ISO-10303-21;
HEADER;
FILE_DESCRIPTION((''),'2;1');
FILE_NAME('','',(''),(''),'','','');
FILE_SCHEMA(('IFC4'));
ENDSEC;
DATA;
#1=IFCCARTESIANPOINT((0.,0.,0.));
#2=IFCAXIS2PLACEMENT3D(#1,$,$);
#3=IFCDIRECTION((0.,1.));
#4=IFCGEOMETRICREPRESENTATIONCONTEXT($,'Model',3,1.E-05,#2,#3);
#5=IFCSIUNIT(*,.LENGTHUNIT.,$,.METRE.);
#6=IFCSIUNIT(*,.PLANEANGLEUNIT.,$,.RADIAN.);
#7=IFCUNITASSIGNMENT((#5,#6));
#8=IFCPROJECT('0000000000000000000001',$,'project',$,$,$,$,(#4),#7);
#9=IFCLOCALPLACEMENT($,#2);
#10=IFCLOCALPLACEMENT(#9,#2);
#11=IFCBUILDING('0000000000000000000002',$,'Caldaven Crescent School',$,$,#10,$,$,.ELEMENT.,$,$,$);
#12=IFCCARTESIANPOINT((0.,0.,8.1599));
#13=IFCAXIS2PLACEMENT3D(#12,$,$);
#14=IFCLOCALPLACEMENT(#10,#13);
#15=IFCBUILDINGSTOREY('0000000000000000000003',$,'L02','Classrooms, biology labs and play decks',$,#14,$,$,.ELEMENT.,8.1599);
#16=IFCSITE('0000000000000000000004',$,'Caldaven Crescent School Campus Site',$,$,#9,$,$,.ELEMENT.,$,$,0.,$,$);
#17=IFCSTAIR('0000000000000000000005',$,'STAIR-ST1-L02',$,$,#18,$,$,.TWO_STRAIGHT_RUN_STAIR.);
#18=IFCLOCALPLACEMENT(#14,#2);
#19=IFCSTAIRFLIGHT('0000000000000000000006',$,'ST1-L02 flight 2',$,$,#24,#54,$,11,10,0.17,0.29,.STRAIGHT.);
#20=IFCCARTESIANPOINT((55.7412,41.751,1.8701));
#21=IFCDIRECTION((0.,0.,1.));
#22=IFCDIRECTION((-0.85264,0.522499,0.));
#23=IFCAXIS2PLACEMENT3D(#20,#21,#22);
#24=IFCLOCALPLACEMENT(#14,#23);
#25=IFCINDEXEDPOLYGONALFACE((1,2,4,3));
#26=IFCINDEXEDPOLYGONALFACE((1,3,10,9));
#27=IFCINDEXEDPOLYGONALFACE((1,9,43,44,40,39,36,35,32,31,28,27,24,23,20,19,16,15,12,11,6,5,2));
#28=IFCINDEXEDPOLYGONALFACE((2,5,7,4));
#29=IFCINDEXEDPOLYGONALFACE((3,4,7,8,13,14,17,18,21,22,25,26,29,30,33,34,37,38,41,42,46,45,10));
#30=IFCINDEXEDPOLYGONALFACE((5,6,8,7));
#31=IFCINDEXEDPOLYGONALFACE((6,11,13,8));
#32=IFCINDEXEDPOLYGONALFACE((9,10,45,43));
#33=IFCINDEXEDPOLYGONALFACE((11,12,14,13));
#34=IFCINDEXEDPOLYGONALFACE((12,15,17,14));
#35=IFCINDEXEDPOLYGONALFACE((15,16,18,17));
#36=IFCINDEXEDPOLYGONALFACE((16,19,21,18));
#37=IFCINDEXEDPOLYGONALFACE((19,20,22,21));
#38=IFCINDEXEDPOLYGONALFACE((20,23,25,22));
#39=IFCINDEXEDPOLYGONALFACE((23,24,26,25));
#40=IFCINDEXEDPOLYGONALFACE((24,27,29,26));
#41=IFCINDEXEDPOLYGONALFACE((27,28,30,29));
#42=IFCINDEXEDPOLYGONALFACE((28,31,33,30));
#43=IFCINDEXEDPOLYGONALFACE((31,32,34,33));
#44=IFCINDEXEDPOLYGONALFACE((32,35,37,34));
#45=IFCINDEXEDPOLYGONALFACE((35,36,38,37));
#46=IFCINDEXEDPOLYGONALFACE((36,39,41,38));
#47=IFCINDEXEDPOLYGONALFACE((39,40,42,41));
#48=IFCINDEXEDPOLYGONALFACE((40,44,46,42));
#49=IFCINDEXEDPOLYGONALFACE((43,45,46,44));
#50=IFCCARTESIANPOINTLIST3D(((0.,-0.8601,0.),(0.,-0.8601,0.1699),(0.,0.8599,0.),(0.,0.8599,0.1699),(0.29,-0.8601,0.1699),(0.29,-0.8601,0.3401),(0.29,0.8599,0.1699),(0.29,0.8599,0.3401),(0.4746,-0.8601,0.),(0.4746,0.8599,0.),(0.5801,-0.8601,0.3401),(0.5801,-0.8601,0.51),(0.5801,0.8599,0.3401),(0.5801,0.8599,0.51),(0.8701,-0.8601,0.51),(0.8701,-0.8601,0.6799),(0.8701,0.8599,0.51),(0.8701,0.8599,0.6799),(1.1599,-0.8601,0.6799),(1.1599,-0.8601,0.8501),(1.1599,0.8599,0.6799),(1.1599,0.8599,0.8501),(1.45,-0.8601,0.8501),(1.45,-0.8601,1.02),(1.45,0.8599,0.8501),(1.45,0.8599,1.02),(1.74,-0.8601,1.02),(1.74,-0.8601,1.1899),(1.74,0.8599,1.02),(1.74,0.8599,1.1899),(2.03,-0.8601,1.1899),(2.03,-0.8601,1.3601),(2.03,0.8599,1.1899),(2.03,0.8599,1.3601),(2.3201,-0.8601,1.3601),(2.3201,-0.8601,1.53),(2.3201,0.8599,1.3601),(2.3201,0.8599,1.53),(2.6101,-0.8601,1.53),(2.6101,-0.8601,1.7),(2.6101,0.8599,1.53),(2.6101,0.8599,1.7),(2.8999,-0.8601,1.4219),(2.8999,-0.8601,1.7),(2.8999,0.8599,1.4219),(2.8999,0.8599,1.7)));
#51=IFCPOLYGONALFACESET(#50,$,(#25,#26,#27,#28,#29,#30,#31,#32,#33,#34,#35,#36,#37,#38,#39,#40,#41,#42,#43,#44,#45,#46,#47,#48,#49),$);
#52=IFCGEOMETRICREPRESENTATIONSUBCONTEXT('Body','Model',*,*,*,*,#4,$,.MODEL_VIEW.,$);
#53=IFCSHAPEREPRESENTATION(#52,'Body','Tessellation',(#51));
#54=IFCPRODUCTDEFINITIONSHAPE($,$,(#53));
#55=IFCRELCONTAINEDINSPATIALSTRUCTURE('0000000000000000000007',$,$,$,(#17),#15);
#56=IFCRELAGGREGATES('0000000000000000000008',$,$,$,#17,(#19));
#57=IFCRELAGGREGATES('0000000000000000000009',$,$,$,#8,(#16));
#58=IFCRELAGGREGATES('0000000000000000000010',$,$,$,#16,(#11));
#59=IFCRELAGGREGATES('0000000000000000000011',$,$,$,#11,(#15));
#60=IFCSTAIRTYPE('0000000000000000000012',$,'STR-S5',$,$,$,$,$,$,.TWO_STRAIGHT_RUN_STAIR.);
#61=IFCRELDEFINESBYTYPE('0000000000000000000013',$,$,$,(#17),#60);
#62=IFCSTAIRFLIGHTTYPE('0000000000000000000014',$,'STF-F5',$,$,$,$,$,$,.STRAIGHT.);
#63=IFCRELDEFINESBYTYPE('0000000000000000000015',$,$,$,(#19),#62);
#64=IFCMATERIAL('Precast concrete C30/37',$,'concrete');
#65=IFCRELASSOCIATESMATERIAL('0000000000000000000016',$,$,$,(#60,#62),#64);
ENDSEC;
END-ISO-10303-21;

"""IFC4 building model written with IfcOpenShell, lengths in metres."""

from ifc_helpers import new_model, si_unit, direction, frame, origin, place, context, subcontext, project, spatial, polyline, outline, extrude, material, type_object, element, aggregate, save


model = new_model("IFC4")

# Units and contexts
model_context = context("Model", 3, precision=1e-05, world=origin(), true_north=direction((0.0, 1.0)))
body_context = subcontext(model_context, "Body", "Model", "MODEL_VIEW")
ifc_project = project(units=[si_unit("LENGTHUNIT", "METRE"), si_unit("PLANEANGLEUNIT", "RADIAN")], contexts=[model_context])

# Site, building, storey
site_placement = place(None, origin())
site = spatial("IfcSite", under=ifc_project, at=site_placement, Name="Caldaven Crescent School Campus Site", CompositionType="ELEMENT", RefElevation=0.0)
building_placement = place(site_placement, origin())
building = spatial("IfcBuilding", under=site, at=building_placement, Name="Caldaven Crescent School", CompositionType="ELEMENT")
storey_placement = place(building_placement, frame((0.0, 0.0, 8.1599)))
storey = spatial("IfcBuildingStorey", under=building, at=storey_placement, Name="L02", Description="Classrooms, biology labs and play decks", CompositionType="ELEMENT", Elevation=8.1599)

# Stair, stair flight
ifc_material_1 = material(Name="Precast concrete C30/37", Category="concrete")
stair_type = type_object("IfcStairType", Name="STR-S5", PredefinedType="TWO_STRAIGHT_RUN_STAIR", material=ifc_material_1)
stair_placement = place(storey_placement, origin())
stair = element("IfcStair", 1, at=stair_placement, inside=storey, type_object=stair_type, Name="STAIR-ST1-L02", PredefinedType="TWO_STRAIGHT_RUN_STAIR")
stair_flight_type = type_object("IfcStairFlightType", Name="STF-F5", PredefinedType="STRAIGHT", material=ifc_material_1)
stair_flight_placement = place(storey_placement, frame((55.7412, 41.751, 1.8701), z_axis=(0.0, 0.0, 1.0), x_axis=(-0.85264, 0.522499, 0.0)))
stair_flight = element("IfcStairFlight", 2, at=stair_flight_placement, type_object=stair_flight_type, Name="ST1-L02 flight 2", NumberOfRisers=11, NumberOfTreads=10, PredefinedType="STRAIGHT", RiserHeight=0.17, TreadLength=0.29, context=body_context, shape_type="SweptSolid", body=[
    extrude(outline(polyline([(0.0, 0.0), (0.0, 0.1699), (0.29, 0.1699), (0.29, 0.3401), (0.5801, 0.3401), (0.5801, 0.51), (0.8701, 0.51), (0.8701, 0.6799), (1.1599, 0.6799), (1.1599, 0.8501), (1.45, 0.8501), (1.45, 1.02), (1.74, 1.02), (1.74, 1.1899), (2.03, 1.1899), (2.03, 1.3601), (2.3201, 1.3601), (2.3201, 1.53), (2.6101, 1.53), (2.6101, 1.7), (2.8999, 1.7), (2.8999, 1.8701), (2.8999, 1.4219), (0.4746, 0.0), (0.0, 0.0)])), frame((0.0, 0.8599, 0.0), z_axis=(0.0, -1.0, 0.0), x_axis=(1.0, 0.0, 0.0)), (0.0, 0.0, 1.0), 1.72),
])
aggregate(stair, [stair_flight])

save(model, "model.ifc")
